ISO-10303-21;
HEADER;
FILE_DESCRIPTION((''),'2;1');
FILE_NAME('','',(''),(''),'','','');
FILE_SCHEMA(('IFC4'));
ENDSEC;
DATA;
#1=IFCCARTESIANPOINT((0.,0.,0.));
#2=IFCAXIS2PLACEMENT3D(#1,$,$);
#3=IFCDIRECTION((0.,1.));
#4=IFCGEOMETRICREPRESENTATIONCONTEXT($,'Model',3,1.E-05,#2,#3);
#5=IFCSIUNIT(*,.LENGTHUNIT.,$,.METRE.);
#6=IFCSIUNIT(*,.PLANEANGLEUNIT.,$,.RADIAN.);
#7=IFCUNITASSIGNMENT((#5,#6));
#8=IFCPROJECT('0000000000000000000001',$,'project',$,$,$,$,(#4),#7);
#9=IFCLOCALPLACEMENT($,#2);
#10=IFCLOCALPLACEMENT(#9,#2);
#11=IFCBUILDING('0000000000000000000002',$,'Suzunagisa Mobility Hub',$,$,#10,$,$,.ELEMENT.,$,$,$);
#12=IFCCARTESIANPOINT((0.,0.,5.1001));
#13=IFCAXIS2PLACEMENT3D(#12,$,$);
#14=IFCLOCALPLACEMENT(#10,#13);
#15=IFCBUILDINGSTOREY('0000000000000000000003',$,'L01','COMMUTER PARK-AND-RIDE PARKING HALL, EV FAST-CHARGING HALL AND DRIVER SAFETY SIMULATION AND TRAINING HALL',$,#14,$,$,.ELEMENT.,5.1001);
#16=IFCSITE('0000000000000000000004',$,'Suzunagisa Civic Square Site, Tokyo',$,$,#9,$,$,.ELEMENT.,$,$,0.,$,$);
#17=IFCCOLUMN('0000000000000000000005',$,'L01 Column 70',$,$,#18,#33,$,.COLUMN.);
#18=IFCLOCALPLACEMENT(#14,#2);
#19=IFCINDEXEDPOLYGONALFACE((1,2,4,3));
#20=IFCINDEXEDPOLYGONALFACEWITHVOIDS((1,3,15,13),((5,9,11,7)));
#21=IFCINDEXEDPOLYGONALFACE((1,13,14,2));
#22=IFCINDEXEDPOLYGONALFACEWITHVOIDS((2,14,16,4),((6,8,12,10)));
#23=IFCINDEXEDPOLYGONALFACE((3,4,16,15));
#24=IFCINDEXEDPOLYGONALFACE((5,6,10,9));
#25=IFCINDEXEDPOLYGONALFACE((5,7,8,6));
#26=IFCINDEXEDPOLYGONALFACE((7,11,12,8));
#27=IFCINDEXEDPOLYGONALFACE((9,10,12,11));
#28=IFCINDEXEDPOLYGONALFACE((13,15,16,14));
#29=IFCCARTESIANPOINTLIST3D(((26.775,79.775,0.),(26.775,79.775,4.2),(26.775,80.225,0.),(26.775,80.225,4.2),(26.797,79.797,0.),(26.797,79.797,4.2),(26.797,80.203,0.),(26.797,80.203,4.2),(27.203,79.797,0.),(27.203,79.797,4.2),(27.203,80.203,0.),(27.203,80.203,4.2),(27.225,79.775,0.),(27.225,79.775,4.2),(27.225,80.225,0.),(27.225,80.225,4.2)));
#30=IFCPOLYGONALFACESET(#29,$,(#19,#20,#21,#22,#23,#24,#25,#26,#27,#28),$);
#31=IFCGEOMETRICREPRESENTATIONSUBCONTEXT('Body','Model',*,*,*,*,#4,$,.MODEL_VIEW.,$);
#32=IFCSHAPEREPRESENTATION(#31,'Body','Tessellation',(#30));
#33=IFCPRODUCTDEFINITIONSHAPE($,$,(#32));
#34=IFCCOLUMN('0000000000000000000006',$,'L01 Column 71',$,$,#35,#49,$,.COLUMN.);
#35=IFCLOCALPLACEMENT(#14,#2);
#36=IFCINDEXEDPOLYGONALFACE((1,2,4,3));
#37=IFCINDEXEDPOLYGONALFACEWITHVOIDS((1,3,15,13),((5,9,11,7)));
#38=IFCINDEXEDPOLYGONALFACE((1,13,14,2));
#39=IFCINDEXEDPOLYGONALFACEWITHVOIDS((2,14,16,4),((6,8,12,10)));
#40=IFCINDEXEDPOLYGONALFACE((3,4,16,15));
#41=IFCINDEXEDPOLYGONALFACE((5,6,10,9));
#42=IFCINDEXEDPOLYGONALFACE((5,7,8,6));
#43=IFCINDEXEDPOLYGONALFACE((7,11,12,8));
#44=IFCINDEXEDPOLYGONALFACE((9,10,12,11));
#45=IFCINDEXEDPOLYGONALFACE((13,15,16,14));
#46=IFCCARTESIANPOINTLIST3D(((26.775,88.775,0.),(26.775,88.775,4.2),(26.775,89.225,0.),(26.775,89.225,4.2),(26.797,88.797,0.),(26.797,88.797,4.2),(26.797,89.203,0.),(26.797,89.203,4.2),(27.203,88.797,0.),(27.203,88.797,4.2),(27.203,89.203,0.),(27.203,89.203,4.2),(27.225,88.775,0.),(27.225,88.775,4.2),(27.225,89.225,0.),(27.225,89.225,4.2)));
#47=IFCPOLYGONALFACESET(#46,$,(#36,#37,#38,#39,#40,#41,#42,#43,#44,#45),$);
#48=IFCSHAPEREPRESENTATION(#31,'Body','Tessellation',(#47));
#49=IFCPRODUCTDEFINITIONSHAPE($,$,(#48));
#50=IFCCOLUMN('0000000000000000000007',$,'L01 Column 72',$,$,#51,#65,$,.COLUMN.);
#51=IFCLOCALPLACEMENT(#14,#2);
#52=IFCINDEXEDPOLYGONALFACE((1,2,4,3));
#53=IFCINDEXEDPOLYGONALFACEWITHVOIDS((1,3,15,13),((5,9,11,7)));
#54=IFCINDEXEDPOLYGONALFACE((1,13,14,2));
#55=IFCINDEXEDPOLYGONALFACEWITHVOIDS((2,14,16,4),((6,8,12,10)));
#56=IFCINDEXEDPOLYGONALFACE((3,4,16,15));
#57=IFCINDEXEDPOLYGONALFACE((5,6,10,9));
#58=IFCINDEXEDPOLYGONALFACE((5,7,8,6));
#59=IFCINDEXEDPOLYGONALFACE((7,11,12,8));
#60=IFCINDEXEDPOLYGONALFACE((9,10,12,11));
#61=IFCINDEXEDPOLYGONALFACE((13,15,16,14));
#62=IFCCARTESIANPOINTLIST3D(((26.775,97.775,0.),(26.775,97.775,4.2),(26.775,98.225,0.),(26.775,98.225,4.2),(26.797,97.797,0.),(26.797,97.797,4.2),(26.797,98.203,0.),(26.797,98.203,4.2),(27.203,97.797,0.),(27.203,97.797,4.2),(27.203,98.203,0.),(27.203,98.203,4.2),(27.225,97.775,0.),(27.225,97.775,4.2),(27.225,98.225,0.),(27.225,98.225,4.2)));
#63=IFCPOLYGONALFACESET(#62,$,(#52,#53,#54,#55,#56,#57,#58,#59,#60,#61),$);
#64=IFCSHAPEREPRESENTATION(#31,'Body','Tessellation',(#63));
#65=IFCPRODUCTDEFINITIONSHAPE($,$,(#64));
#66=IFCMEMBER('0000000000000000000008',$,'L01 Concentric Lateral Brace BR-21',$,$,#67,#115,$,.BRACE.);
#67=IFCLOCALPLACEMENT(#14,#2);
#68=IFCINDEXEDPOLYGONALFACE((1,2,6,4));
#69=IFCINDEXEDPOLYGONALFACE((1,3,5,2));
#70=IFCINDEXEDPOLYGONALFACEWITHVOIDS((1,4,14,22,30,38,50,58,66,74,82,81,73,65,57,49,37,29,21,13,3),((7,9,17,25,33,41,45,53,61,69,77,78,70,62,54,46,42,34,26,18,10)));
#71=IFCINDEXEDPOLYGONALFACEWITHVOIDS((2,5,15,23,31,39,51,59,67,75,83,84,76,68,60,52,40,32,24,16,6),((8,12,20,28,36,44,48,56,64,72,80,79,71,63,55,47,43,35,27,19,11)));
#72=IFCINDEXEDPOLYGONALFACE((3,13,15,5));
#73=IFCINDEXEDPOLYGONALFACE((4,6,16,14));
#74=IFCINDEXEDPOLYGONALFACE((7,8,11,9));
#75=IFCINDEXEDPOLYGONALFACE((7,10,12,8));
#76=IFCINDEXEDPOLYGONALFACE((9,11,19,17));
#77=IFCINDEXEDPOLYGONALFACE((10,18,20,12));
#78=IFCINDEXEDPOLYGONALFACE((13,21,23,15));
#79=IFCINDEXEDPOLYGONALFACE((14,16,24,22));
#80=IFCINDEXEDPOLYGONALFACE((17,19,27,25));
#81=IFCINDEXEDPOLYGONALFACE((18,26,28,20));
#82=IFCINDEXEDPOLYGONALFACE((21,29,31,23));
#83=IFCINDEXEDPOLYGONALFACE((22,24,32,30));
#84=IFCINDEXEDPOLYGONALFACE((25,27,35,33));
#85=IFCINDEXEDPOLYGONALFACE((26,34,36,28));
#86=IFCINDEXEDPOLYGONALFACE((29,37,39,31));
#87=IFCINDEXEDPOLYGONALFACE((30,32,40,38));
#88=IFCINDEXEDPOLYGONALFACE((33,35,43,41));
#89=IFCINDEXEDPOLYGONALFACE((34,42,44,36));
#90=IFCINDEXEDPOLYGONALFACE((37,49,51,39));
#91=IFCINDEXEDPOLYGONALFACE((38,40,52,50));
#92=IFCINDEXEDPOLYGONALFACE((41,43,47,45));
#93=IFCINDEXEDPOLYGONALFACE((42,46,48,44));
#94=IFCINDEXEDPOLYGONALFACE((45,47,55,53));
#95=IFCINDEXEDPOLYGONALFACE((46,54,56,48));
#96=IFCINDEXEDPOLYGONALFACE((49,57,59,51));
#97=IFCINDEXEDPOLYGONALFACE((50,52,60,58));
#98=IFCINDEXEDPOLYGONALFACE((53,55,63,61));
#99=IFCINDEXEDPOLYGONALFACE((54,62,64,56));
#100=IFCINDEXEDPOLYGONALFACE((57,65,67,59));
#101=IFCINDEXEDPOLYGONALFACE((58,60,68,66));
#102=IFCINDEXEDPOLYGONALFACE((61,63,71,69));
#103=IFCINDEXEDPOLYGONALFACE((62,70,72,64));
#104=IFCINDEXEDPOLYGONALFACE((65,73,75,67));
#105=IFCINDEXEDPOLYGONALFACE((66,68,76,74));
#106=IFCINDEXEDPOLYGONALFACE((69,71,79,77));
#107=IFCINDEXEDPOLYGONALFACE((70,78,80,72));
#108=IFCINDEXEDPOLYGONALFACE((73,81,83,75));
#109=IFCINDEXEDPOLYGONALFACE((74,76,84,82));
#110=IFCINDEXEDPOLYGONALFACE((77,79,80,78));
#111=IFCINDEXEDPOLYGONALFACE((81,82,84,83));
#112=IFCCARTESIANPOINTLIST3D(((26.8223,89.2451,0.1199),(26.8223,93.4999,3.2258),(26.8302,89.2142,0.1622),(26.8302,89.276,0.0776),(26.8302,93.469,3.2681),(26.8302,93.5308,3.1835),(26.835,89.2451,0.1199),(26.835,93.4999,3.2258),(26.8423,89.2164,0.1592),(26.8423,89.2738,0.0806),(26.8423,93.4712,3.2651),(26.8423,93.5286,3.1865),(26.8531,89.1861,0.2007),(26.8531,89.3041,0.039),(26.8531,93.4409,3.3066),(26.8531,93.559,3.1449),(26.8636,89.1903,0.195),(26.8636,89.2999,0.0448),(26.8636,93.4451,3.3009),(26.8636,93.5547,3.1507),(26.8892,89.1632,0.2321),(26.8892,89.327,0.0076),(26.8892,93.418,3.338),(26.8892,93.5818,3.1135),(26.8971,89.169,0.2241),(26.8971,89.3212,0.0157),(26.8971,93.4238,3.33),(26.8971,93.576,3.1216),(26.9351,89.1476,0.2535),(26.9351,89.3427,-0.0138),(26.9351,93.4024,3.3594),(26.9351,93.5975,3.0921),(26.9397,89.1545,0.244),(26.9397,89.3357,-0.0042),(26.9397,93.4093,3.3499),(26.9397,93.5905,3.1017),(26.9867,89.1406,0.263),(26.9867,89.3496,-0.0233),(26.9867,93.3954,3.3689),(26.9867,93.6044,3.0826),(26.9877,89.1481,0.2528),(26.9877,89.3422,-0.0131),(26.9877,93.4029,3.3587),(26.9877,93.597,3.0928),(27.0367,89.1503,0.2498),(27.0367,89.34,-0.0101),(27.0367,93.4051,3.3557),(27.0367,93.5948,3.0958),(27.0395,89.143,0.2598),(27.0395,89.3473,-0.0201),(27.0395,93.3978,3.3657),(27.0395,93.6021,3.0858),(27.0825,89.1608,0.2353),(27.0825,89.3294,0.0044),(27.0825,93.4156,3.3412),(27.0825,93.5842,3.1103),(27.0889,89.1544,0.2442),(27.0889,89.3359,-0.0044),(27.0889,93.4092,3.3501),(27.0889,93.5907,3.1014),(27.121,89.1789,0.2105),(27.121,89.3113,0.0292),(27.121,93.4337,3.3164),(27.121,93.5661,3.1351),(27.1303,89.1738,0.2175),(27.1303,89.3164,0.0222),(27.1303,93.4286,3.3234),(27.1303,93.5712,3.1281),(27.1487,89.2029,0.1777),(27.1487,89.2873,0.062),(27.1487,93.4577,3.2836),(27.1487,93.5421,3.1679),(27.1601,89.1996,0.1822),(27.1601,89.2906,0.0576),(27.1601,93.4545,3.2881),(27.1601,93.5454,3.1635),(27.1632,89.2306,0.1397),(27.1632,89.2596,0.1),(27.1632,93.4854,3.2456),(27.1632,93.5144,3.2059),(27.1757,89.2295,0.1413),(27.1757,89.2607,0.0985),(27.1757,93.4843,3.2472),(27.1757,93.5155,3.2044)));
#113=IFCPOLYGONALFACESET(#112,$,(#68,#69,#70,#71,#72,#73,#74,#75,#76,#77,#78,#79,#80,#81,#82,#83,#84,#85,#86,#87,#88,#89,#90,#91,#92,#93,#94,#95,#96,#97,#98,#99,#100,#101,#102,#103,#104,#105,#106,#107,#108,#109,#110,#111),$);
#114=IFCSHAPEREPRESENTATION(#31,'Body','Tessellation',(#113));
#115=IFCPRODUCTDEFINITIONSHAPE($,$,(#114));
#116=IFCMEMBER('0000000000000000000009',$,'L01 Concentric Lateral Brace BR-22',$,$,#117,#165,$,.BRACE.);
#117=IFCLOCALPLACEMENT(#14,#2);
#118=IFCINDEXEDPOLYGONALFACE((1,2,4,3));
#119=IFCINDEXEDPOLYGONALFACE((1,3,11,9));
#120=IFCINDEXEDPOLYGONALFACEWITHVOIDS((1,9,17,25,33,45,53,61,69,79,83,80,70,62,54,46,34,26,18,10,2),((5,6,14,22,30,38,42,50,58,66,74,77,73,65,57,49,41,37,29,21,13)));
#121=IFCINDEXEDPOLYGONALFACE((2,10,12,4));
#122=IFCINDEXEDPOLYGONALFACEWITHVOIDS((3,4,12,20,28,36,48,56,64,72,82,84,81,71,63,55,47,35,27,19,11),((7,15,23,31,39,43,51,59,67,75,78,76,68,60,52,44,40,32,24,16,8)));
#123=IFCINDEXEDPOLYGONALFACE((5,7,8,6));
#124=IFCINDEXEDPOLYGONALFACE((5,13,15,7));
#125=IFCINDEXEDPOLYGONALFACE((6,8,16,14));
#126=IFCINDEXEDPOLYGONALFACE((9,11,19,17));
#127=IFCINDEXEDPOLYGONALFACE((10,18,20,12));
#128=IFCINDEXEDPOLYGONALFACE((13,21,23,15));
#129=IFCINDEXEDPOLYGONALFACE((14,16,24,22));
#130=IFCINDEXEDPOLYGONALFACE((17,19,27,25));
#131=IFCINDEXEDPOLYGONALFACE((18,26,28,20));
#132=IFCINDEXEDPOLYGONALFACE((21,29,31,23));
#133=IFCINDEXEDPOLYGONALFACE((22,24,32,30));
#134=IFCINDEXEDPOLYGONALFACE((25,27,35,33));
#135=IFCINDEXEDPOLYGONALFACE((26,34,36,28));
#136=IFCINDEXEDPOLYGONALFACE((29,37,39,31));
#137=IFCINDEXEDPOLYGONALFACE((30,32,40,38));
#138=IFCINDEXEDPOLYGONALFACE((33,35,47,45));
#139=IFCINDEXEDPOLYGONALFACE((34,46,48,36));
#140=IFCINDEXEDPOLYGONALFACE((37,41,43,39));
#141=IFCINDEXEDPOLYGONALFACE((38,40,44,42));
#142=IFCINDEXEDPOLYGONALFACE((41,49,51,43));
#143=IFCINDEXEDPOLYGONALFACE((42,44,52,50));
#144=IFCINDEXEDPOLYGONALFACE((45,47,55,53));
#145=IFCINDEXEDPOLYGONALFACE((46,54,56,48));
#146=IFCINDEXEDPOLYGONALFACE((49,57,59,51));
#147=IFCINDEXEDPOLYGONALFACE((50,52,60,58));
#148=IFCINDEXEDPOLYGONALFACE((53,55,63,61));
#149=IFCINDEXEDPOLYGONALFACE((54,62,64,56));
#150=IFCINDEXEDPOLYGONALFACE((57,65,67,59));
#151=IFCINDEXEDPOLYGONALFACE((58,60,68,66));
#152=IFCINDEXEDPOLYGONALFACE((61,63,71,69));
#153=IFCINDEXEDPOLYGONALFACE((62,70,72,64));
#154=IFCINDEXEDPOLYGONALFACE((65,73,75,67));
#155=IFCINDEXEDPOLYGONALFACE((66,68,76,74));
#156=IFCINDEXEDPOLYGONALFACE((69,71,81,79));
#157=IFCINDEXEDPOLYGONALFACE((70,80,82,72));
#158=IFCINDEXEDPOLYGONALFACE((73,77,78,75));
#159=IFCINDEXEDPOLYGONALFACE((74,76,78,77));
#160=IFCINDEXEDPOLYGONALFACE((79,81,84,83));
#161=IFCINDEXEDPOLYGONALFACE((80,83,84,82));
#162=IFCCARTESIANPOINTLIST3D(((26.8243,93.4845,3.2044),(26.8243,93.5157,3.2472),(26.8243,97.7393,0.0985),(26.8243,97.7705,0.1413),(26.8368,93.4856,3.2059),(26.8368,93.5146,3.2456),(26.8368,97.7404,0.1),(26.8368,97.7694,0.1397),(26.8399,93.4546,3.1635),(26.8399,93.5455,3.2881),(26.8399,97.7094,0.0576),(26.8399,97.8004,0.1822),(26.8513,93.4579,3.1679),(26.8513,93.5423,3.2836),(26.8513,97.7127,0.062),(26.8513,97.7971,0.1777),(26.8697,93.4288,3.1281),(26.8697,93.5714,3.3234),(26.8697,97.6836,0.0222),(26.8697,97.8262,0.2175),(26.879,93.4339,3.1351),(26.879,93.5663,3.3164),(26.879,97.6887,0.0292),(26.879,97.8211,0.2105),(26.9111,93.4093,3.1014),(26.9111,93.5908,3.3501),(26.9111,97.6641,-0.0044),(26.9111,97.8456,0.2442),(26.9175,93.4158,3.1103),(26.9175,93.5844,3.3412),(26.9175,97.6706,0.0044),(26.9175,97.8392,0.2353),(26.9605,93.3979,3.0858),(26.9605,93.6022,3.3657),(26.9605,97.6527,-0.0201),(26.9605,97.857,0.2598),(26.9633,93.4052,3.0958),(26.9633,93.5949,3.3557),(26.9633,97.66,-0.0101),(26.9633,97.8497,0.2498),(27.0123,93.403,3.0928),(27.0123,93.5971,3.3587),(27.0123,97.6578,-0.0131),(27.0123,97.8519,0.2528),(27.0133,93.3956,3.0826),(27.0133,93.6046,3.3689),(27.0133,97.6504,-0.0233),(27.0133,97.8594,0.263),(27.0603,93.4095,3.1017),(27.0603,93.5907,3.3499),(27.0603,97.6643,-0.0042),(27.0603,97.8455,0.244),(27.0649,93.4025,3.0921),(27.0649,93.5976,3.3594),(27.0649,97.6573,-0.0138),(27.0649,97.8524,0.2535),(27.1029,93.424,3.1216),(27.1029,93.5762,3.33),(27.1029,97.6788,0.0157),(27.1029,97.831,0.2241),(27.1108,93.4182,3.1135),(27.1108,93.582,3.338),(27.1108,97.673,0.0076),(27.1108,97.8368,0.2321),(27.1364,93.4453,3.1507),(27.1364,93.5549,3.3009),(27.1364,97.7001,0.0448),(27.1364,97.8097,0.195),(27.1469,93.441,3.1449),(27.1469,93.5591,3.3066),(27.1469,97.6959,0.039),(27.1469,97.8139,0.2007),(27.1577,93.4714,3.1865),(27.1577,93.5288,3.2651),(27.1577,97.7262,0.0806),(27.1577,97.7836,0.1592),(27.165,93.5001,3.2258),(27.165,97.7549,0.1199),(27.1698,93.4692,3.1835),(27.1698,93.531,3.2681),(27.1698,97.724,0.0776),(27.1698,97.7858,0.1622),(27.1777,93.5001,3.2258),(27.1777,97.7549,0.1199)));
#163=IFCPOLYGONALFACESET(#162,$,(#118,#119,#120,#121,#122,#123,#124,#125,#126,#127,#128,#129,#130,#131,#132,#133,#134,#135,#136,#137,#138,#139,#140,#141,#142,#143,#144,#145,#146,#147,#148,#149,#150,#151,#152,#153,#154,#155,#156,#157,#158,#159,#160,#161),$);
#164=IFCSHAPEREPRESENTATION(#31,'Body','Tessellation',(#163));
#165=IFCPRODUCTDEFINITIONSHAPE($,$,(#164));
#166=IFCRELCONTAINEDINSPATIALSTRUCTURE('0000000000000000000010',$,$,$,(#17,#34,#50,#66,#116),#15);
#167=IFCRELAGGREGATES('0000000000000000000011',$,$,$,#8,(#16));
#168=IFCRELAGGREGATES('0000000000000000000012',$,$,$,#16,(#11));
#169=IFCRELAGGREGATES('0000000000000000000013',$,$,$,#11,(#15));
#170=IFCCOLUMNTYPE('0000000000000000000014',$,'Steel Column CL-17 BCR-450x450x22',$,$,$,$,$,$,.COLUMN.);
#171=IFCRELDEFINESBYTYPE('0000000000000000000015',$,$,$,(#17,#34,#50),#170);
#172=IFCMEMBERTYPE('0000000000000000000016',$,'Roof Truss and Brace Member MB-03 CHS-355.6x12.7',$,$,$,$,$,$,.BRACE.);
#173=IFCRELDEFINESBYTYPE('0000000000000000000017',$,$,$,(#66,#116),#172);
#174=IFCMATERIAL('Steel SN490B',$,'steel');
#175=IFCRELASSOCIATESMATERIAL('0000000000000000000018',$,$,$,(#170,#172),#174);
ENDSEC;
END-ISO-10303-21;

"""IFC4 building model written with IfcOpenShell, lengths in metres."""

from ifc_helpers import new_model, si_unit, direction, frame, origin, origin_2d, place, context, subcontext, project, spatial, hollow_rectangle, hollow_circle, extrude, material, material_profile, profile_set, type_object, element, save


model = new_model("IFC4")

# Units and contexts
model_context = context("Model", 3, precision=1e-05, world=origin(), true_north=direction((0.0, 1.0)))
body_context = subcontext(model_context, "Body", "Model", "MODEL_VIEW")
ifc_project = project(units=[si_unit("LENGTHUNIT", "METRE"), si_unit("PLANEANGLEUNIT", "RADIAN")], contexts=[model_context])

# Site, building, storey
site_placement = place(None, origin())
site = spatial("IfcSite", under=ifc_project, at=site_placement, Name="Suzunagisa Civic Square Site, Tokyo", CompositionType="ELEMENT", RefElevation=0.0)
building_placement = place(site_placement, origin())
building = spatial("IfcBuilding", under=site, at=building_placement, Name="Suzunagisa Mobility Hub", CompositionType="ELEMENT")
storey_placement = place(building_placement, frame((0.0, 0.0, 5.1001)))
storey = spatial("IfcBuildingStorey", under=building, at=storey_placement, Name="L01", Description="COMMUTER PARK-AND-RIDE PARKING HALL, EV FAST-CHARGING HALL AND DRIVER SAFETY SIMULATION AND TRAINING HALL", CompositionType="ELEMENT", Elevation=5.1001)

# Columns
ifc_material_1 = material(Name="Steel SN490B", Category="steel")
ifc_material_profile_1 = material_profile(ifc_material_1, hollow_rectangle(XDim=0.45, YDim=0.45, WallThickness=0.022, at=origin_2d()), Name="BCR-450x450x22")
ifc_profile_set_1 = profile_set([ifc_material_profile_1], Name="Steel SN490B")
column_type = type_object("IfcColumnType", Name="Steel Column CL-17 BCR-450x450x22", PredefinedType="COLUMN", material=ifc_profile_set_1)
for number, where, z_axis, x_axis, name in (
    (1, (27.0, 80.0, 0.0), (0.0, 0.0, 1.0), (1.0, 0.0, 0.0), "L01 Column 70"),
    (2, (27.0, 89.0, 0.0), (0.0, 0.0, 1.0), (1.0, 0.0, 0.0), "L01 Column 71"),
    (3, (27.0, 98.0, 0.0), (0.0, 0.0, 1.0), (1.0, 0.0, 0.0), "L01 Column 72"),
):
    element("IfcColumn", number, at=place(storey_placement, frame(where, z_axis=z_axis, x_axis=x_axis)), inside=storey, type_object=column_type, Name=name, PredefinedType="COLUMN", context=body_context, shape_type="SweptSolid", body=[
        extrude(hollow_rectangle(XDim=0.45, YDim=0.45, WallThickness=0.022, at=origin_2d()), origin(), (0.0, 0.0, 1.0), 4.2),
    ])

# Members
ifc_material_profile_2 = material_profile(ifc_material_1, hollow_circle(Radius=0.1777, WallThickness=0.0127, at=origin_2d()), Name="CHS-355.6x12.7")
ifc_profile_set_2 = profile_set([ifc_material_profile_2], Name="Steel SN490B")
member_type = type_object("IfcMemberType", Name="Roof Truss and Brace Member MB-03 CHS-355.6x12.7", PredefinedType="BRACE", material=ifc_profile_set_2)
for number, where, z_axis, x_axis, name in (
    (4, (27.0, 89.2451, 0.1199), (0.0, 0.807697, 0.589598), (-1.0, 0.0, 0.0), "L01 Concentric Lateral Brace BR-21"),
    (5, (27.0, 97.7549, 0.1199), (0.0, -0.807697, 0.589598), (1.0, 0.0, 0.0), "L01 Concentric Lateral Brace BR-22"),
):
    element("IfcMember", number, at=place(storey_placement, frame(where, z_axis=z_axis, x_axis=x_axis)), inside=storey, type_object=member_type, Name=name, PredefinedType="BRACE", context=body_context, shape_type="SweptSolid", body=[
        extrude(hollow_circle(Radius=0.1777, WallThickness=0.0127, at=origin_2d()), origin(), (0.0, 0.0, 1.0), 5.2678),
    ])

save(model, "model.ifc")
